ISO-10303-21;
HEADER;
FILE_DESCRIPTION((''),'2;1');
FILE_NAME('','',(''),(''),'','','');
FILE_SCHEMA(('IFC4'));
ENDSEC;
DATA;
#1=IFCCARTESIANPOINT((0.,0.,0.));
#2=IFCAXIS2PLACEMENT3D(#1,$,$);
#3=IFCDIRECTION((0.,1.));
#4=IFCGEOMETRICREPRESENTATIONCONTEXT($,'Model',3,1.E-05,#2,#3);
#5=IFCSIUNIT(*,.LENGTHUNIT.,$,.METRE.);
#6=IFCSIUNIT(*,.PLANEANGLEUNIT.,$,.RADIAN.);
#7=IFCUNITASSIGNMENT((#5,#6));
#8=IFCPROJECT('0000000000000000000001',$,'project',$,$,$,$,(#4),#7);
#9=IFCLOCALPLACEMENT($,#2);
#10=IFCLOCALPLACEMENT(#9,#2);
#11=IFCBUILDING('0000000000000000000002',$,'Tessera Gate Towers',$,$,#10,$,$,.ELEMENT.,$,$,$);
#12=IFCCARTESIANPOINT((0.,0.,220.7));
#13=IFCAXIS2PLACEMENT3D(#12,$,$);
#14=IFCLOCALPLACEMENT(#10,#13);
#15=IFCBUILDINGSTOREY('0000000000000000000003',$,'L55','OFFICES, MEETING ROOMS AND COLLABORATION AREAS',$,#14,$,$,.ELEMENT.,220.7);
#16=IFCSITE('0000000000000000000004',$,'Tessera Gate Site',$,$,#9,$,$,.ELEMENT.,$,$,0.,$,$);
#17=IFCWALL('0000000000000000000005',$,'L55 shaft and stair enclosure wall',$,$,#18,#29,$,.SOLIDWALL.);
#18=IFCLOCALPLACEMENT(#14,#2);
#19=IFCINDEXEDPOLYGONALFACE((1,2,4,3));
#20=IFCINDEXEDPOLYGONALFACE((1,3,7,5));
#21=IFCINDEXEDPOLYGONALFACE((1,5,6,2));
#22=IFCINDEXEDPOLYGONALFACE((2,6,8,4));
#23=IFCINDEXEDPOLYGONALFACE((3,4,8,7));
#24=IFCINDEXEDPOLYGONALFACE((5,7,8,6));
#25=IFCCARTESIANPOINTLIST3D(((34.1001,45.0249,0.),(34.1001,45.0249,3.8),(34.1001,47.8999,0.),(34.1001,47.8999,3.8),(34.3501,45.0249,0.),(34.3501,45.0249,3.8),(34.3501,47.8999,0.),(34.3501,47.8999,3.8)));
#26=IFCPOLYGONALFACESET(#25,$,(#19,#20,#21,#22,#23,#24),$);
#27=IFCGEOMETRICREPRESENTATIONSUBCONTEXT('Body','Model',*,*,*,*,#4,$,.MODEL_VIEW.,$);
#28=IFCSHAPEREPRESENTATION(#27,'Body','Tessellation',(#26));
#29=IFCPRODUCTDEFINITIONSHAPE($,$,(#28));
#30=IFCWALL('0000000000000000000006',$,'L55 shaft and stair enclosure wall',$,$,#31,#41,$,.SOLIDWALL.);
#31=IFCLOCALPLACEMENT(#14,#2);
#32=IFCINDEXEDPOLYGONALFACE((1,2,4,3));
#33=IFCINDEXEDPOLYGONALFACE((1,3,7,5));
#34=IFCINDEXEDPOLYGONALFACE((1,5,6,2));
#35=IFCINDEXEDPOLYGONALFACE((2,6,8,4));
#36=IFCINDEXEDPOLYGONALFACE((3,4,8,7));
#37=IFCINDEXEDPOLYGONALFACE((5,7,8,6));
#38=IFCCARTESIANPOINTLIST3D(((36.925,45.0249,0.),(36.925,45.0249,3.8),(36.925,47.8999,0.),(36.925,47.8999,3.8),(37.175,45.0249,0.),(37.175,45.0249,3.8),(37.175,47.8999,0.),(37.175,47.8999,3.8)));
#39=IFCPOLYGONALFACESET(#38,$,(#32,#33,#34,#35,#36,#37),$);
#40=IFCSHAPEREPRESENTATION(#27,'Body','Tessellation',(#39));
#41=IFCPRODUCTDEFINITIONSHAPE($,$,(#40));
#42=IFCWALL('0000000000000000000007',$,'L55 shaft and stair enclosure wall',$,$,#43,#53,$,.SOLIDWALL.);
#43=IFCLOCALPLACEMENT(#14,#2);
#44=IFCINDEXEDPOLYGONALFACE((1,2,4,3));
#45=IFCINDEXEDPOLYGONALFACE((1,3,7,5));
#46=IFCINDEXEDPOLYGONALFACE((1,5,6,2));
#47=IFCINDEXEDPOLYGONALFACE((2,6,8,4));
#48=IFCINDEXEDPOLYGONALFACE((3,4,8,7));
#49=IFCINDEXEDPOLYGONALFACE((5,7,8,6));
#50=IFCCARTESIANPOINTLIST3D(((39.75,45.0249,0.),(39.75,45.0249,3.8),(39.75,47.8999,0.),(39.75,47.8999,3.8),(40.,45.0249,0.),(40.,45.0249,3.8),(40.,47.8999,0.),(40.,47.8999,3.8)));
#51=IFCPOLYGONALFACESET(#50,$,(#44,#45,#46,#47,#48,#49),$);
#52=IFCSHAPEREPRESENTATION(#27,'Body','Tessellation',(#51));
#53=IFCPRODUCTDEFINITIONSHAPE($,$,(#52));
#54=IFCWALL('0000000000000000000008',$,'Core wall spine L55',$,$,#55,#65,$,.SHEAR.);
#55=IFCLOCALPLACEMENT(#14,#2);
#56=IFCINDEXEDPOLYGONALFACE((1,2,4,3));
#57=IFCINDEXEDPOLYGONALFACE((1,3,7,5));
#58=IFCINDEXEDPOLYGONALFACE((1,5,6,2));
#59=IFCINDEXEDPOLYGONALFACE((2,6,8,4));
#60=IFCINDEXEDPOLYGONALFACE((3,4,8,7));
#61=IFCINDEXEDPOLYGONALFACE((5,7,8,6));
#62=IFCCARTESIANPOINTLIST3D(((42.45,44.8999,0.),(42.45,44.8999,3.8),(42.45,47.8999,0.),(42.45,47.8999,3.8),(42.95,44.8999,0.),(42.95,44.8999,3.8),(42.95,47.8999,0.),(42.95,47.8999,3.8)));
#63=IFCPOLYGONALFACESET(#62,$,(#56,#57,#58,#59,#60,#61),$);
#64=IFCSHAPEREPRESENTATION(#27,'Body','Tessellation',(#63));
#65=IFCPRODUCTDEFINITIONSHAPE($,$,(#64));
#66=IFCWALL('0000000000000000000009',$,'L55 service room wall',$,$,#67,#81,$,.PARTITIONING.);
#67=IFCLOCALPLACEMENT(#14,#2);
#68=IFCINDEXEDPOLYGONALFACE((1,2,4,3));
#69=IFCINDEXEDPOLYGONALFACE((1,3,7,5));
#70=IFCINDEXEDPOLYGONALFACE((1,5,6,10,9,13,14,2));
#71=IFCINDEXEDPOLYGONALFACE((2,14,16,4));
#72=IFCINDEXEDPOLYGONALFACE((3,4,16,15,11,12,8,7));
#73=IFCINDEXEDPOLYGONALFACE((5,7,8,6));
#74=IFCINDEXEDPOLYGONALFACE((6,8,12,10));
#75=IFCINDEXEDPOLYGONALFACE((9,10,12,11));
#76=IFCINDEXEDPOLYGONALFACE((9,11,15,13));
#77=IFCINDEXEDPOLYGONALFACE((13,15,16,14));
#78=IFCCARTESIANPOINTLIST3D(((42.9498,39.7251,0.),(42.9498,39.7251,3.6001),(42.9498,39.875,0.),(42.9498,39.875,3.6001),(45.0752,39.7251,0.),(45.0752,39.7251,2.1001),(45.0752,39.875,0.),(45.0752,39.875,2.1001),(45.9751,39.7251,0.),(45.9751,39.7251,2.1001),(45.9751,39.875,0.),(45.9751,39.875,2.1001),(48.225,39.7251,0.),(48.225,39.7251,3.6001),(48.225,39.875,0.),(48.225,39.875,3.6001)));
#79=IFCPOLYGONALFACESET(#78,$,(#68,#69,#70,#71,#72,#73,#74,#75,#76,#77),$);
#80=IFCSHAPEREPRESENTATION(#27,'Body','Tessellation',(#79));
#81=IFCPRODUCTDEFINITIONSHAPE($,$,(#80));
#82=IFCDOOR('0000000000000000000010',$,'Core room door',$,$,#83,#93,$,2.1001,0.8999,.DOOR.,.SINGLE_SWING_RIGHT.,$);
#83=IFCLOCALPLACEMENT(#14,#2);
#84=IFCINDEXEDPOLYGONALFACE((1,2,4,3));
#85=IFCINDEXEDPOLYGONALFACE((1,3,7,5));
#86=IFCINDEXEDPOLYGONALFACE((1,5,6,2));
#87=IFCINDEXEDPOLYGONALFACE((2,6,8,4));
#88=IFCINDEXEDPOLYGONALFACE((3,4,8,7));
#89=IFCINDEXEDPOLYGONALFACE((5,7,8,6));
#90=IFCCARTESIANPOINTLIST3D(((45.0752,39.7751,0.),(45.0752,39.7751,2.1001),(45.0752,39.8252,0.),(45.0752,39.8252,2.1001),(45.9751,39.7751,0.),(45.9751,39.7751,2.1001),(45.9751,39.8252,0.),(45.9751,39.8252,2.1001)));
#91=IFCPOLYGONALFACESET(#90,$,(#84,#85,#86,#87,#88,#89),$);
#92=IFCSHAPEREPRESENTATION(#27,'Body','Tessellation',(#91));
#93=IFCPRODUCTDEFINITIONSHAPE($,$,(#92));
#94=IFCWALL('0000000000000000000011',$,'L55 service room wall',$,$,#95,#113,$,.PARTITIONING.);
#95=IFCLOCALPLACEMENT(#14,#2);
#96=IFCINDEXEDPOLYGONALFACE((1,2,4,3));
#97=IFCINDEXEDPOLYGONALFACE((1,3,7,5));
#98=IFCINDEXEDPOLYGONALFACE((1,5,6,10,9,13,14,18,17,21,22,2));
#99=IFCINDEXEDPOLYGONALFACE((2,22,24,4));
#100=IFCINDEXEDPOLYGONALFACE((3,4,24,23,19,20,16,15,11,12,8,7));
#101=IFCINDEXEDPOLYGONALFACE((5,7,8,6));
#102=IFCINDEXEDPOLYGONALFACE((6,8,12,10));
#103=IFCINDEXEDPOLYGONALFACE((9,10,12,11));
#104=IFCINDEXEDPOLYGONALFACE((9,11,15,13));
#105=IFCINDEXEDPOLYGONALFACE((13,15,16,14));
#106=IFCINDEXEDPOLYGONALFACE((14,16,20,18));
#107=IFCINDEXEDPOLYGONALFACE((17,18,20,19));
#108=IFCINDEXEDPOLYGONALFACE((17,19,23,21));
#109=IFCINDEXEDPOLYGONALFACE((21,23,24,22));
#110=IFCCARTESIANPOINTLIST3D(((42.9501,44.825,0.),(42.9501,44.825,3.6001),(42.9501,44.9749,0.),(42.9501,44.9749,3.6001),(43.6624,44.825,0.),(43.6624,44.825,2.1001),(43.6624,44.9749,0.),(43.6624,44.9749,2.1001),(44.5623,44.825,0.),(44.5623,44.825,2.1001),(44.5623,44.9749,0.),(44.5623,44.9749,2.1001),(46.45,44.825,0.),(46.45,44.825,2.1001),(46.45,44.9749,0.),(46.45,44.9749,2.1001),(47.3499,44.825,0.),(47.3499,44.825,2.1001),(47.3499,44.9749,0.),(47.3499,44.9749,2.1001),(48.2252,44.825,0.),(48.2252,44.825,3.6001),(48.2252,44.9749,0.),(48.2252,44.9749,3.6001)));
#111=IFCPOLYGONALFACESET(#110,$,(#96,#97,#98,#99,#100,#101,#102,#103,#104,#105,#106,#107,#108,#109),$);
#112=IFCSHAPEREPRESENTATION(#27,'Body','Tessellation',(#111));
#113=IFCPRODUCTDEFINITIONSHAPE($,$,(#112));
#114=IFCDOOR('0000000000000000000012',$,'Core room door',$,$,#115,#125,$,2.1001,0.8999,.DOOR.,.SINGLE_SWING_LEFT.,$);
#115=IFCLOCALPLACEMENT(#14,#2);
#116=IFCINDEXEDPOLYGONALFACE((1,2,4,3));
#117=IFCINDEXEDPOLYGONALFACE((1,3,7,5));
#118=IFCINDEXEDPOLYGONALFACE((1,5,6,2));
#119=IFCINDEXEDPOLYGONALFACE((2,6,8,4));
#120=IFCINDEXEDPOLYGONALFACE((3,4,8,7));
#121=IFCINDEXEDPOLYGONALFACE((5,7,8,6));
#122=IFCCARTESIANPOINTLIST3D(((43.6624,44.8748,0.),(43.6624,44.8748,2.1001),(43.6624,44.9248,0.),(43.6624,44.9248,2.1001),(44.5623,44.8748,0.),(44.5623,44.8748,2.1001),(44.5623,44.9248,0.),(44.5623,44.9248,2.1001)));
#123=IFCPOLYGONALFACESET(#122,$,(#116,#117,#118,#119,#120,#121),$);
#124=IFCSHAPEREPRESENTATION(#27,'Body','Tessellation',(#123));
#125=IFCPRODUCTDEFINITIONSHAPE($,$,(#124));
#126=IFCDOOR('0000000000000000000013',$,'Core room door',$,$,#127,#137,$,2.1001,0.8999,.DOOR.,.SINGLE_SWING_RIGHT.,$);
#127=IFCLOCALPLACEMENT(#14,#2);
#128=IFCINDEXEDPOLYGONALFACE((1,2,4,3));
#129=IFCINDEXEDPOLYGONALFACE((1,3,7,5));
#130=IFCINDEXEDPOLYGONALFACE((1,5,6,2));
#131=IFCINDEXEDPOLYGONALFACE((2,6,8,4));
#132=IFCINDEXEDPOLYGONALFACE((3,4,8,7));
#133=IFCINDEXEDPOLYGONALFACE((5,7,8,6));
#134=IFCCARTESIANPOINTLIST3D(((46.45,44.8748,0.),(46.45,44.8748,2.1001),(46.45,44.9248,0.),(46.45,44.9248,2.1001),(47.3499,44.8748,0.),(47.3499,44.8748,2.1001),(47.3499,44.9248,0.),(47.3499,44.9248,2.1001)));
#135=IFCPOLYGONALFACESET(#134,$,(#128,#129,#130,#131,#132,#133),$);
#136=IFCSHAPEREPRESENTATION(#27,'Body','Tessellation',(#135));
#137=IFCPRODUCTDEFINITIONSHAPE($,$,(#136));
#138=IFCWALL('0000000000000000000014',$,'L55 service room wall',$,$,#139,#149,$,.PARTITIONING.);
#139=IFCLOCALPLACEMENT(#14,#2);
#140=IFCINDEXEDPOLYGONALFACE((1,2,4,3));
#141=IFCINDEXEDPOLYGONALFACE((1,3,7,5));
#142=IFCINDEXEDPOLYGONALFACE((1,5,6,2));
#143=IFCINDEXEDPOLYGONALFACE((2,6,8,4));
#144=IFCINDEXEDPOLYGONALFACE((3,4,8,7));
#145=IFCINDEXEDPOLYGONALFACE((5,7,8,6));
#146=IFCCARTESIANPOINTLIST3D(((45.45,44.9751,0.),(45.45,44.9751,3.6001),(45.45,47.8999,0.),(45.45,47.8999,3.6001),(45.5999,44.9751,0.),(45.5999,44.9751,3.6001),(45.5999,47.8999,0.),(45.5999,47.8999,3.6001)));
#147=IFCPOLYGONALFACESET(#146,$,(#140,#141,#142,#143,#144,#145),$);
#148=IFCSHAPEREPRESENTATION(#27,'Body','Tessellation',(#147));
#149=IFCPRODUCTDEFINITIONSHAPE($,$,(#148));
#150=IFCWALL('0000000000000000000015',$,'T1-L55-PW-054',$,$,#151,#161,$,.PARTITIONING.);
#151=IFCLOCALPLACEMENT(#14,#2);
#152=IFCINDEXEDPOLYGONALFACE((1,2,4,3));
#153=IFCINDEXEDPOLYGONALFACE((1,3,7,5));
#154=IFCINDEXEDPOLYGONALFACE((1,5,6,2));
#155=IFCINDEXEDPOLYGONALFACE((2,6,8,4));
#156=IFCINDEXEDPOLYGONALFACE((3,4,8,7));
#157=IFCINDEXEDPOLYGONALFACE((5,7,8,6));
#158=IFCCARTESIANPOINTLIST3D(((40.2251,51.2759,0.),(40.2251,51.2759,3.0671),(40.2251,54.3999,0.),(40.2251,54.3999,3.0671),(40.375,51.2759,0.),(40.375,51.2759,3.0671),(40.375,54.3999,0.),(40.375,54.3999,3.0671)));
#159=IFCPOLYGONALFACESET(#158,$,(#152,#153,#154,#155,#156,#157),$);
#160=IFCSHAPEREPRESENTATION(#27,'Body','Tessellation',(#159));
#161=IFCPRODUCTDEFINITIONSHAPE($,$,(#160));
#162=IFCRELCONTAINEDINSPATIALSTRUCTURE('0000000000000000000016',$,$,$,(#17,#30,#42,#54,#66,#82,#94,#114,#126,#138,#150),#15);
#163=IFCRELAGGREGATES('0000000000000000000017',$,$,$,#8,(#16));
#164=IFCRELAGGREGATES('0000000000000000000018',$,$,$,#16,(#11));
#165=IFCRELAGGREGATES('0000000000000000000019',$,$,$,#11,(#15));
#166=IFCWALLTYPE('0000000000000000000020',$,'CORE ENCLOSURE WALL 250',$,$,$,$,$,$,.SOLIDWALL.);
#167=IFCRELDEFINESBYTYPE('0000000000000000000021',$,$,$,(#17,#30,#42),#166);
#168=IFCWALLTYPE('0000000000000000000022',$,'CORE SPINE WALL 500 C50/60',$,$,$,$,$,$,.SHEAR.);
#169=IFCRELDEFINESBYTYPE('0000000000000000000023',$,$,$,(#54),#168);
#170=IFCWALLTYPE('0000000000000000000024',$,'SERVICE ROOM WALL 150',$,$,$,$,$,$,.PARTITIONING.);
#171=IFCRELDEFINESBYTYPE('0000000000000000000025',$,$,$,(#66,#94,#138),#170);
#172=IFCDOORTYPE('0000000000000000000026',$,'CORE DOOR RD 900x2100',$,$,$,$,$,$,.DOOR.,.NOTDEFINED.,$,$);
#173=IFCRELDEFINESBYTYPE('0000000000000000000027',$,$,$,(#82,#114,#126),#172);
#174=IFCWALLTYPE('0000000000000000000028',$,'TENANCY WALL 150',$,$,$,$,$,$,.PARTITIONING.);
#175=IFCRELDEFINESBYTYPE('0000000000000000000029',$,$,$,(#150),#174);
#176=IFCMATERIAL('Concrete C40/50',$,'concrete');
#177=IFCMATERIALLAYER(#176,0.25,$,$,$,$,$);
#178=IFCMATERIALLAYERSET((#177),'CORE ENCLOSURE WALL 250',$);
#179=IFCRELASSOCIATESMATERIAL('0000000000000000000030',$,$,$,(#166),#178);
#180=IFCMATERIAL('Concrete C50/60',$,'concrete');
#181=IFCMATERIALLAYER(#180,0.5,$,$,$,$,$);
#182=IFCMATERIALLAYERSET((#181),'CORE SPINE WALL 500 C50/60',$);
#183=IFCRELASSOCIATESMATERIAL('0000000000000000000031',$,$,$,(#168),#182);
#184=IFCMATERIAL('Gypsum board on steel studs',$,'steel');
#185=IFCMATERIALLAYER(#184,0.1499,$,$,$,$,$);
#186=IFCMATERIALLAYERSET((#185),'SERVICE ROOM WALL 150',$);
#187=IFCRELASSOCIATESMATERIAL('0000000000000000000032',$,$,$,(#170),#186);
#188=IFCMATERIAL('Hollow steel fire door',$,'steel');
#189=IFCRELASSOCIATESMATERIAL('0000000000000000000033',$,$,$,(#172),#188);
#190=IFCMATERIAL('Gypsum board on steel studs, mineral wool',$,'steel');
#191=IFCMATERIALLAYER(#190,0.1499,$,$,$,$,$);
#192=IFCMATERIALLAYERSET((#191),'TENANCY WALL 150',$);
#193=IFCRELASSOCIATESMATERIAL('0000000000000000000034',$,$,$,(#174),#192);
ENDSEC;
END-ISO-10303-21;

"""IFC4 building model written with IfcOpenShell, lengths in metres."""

from ifc_helpers import new_model, si_unit, direction, frame, frame_2d, origin, place, context, subcontext, project, spatial, rectangle, extrude, source, transform, mapped, material, layer, layer_set, type_object, element, fill, save


model = new_model("IFC4")

# Units and contexts
model_context = context("Model", 3, precision=1e-05, world=origin(), true_north=direction((0.0, 1.0)))
body_context = subcontext(model_context, "Body", "Model", "MODEL_VIEW")
ifc_project = project(units=[si_unit("LENGTHUNIT", "METRE"), si_unit("PLANEANGLEUNIT", "RADIAN")], contexts=[model_context])

# Site, building, storey
site_placement = place(None, origin())
site = spatial("IfcSite", under=ifc_project, at=site_placement, Name="Tessera Gate Site", CompositionType="ELEMENT", RefElevation=0.0)
building_placement = place(site_placement, origin())
building = spatial("IfcBuilding", under=site, at=building_placement, Name="Tessera Gate Towers", CompositionType="ELEMENT")
storey_placement = place(building_placement, frame((0.0, 0.0, 220.7)))
storey = spatial("IfcBuildingStorey", under=building, at=storey_placement, Name="L55", Description="OFFICES, MEETING ROOMS AND COLLABORATION AREAS", CompositionType="ELEMENT", Elevation=220.7)

# Shared definitions
ifc_material_1 = material(Name="Concrete C40/50", Category="concrete")
ifc_layer_1 = layer(ifc_material_1, 0.25)
ifc_layer_set_1 = layer_set([ifc_layer_1], Name="CORE ENCLOSURE WALL 250")
wall_type_1 = type_object("IfcWallType", Name="CORE ENCLOSURE WALL 250", PredefinedType="SOLIDWALL", material=ifc_layer_set_1)

# Walls
for number, where, z_axis, x_axis, name in (
    (1, (34.2251, 45.0249, 0.0), (0.0, 0.0, 1.0), (0.0, 1.0, 0.0), "L55 shaft and stair enclosure wall"),
    (2, (37.05, 45.0249, 0.0), (0.0, 0.0, 1.0), (0.0, 1.0, 0.0), "L55 shaft and stair enclosure wall"),
    (3, (39.875, 45.0249, 0.0), (0.0, 0.0, 1.0), (0.0, 1.0, 0.0), "L55 shaft and stair enclosure wall"),
):
    element("IfcWall", number, at=place(storey_placement, frame(where, z_axis=z_axis, x_axis=x_axis)), inside=storey, type_object=wall_type_1, Name=name, PredefinedType="SOLIDWALL", context=body_context, shape_type="SweptSolid", body=[
        extrude(rectangle(XDim=2.875, YDim=0.25, at=frame_2d((1.4375, 0.0))), origin(), (0.0, 0.0, 1.0), 3.8),
    ])
ifc_material_2 = material(Name="Concrete C50/60", Category="concrete")
ifc_layer_2 = layer(ifc_material_2, 0.5)
ifc_layer_set_2 = layer_set([ifc_layer_2], Name="CORE SPINE WALL 500 C50/60")
wall_type_2 = type_object("IfcWallType", Name="CORE SPINE WALL 500 C50/60", PredefinedType="SHEAR", material=ifc_layer_set_2)
wall_1_placement = place(storey_placement, frame((42.7, 44.8999, 0.0), z_axis=(0.0, 0.0, 1.0), x_axis=(0.0, 1.0, 0.0)))
element("IfcWall", 4, at=wall_1_placement, inside=storey, type_object=wall_type_2, Name="Core wall spine L55", PredefinedType="SHEAR", context=body_context, shape_type="SweptSolid", body=[
    extrude(rectangle(XDim=3.0, YDim=0.5, at=frame_2d((1.5, 0.0))), origin(), (0.0, 0.0, 1.0), 3.8),
])

# Wall, opening, door
ifc_material_3 = material(Name="Gypsum board on steel studs", Category="steel")
ifc_layer_3 = layer(ifc_material_3, 0.1499)
ifc_layer_set_3 = layer_set([ifc_layer_3], Name="SERVICE ROOM WALL 150")
wall_type_3 = type_object("IfcWallType", Name="SERVICE ROOM WALL 150", PredefinedType="PARTITIONING", material=ifc_layer_set_3)
wall_2_placement = place(storey_placement, frame((48.2251, 39.8, 0.0), z_axis=(0.0, 0.0, 1.0), x_axis=(-1.0, 0.0, 0.0)))
wall_2 = element("IfcWall", 5, at=wall_2_placement, inside=storey, type_object=wall_type_3, Name="L55 service room wall", PredefinedType="PARTITIONING", context=body_context, shape_type="SweptSolid", body=[
    extrude(rectangle(XDim=5.2751, YDim=0.1499, at=frame_2d((2.6377, 0.0))), origin(), (0.0, 0.0, 1.0), 3.6001),
])
shared_shape_1 = source(origin(), body_context, "Body", "SweptSolid", [
    extrude(rectangle(XDim=0.8999, YDim=2.1001, at=frame_2d((0.45, 1.05))), frame((0.0, 0.085, 0.0), z_axis=(0.0, -1.0, 0.0), x_axis=(1.0, 0.0, 0.0)), (0.0, 0.0, 1.0), 0.1699),
])
opening_1_placement = place(wall_2_placement, frame((2.25, 0.0, 0.0)))
opening_1 = element("IfcOpeningElement", 6, at=opening_1_placement, cuts=wall_2, PredefinedType="OPENING", context=body_context, shape_type="MappedRepresentation", body=[
    mapped(shared_shape_1, transform((0.0, 0.0, 0.0), scale=1.0)),
])
ifc_material_4 = material(Name="Hollow steel fire door", Category="steel")
door_type_1 = type_object("IfcDoorType", Name="CORE DOOR RD 900x2100", OperationType="NOTDEFINED", PredefinedType="DOOR", material=ifc_material_4)
shared_shape_2 = source(origin(), body_context, "Body", "SweptSolid", [
    extrude(rectangle(XDim=0.8999, YDim=2.1001, at=frame_2d((0.45, 1.05))), frame((0.0, 0.0249, 0.0), z_axis=(0.0, -1.0, 0.0), x_axis=(1.0, 0.0, 0.0)), (0.0, 0.0, 1.0), 0.05),
])
door_1_placement = place(opening_1_placement, origin())
door_1 = element("IfcDoor", 7, at=door_1_placement, inside=storey, type_object=door_type_1, Name="Core room door", OperationType="SINGLE_SWING_RIGHT", OverallHeight=2.1001, OverallWidth=0.8999, PredefinedType="DOOR", context=body_context, shape_type="MappedRepresentation", body=[
    mapped(shared_shape_2, transform((0.0, 0.0, 0.0), scale=1.0)),
])
fill(opening_1, door_1)

# Wall, openings, doors
wall_3_placement = place(storey_placement, frame((42.95, 44.8999, 0.0), z_axis=(0.0, 0.0, 1.0), x_axis=(1.0, 0.0, 0.0)))
wall_3 = element("IfcWall", 8, at=wall_3_placement, inside=storey, type_object=wall_type_3, Name="L55 service room wall", PredefinedType="PARTITIONING", context=body_context, shape_type="SweptSolid", body=[
    extrude(rectangle(XDim=5.2751, YDim=0.1499, at=frame_2d((2.6377, 0.0))), origin(), (0.0, 0.0, 1.0), 3.6001),
])
opening_2_placement = place(wall_3_placement, frame((0.7124, 0.0, 0.0)))
opening_2 = element("IfcOpeningElement", 9, at=opening_2_placement, cuts=wall_3, PredefinedType="OPENING", context=body_context, shape_type="MappedRepresentation", body=[
    mapped(shared_shape_1, transform((0.0, 0.0, 0.0), scale=1.0)),
])
opening_3_placement = place(wall_3_placement, frame((3.5, 0.0, 0.0)))
opening_3 = element("IfcOpeningElement", 10, at=opening_3_placement, cuts=wall_3, PredefinedType="OPENING", context=body_context, shape_type="MappedRepresentation", body=[
    mapped(shared_shape_1, transform((0.0, 0.0, 0.0), scale=1.0)),
])
door_2_placement = place(opening_2_placement, origin())
door_2 = element("IfcDoor", 11, at=door_2_placement, inside=storey, type_object=door_type_1, Name="Core room door", OperationType="SINGLE_SWING_LEFT", OverallHeight=2.1001, OverallWidth=0.8999, PredefinedType="DOOR", context=body_context, shape_type="MappedRepresentation", body=[
    mapped(shared_shape_2, transform((0.0, 0.0, 0.0), scale=1.0)),
])
fill(opening_2, door_2)
door_3_placement = place(opening_3_placement, origin())
door_3 = element("IfcDoor", 12, at=door_3_placement, inside=storey, type_object=door_type_1, Name="Core room door", OperationType="SINGLE_SWING_RIGHT", OverallHeight=2.1001, OverallWidth=0.8999, PredefinedType="DOOR", context=body_context, shape_type="MappedRepresentation", body=[
    mapped(shared_shape_2, transform((0.0, 0.0, 0.0), scale=1.0)),
])
fill(opening_3, door_3)

# Walls
wall_4_placement = place(storey_placement, frame((45.5249, 44.9751, 0.0), z_axis=(0.0, 0.0, 1.0), x_axis=(0.0, 1.0, 0.0)))
element("IfcWall", 13, at=wall_4_placement, inside=storey, type_object=wall_type_3, Name="L55 service room wall", PredefinedType="PARTITIONING", context=body_context, shape_type="SweptSolid", body=[
    extrude(rectangle(XDim=2.9248, YDim=0.1499, at=frame_2d((1.4624, 0.0))), origin(), (0.0, 0.0, 1.0), 3.6001),
])
ifc_material_5 = material(Name="Gypsum board on steel studs, mineral wool", Category="steel")
ifc_layer_4 = layer(ifc_material_5, 0.1499)
ifc_layer_set_4 = layer_set([ifc_layer_4], Name="TENANCY WALL 150")
wall_type_4 = type_object("IfcWallType", Name="TENANCY WALL 150", PredefinedType="PARTITIONING", material=ifc_layer_set_4)
wall_5_placement = place(storey_placement, frame((40.3, 51.2759, 0.0), z_axis=(0.0, 0.0, 1.0), x_axis=(0.0, 1.0, 0.0)))
element("IfcWall", 14, at=wall_5_placement, inside=storey, type_object=wall_type_4, Name="T1-L55-PW-054", PredefinedType="PARTITIONING", context=body_context, shape_type="SweptSolid", body=[
    extrude(rectangle(XDim=3.124, YDim=0.1499, at=frame_2d((1.562, 0.0))), origin(), (0.0, 0.0, 1.0), 3.0671),
])

save(model, "model.ifc")
